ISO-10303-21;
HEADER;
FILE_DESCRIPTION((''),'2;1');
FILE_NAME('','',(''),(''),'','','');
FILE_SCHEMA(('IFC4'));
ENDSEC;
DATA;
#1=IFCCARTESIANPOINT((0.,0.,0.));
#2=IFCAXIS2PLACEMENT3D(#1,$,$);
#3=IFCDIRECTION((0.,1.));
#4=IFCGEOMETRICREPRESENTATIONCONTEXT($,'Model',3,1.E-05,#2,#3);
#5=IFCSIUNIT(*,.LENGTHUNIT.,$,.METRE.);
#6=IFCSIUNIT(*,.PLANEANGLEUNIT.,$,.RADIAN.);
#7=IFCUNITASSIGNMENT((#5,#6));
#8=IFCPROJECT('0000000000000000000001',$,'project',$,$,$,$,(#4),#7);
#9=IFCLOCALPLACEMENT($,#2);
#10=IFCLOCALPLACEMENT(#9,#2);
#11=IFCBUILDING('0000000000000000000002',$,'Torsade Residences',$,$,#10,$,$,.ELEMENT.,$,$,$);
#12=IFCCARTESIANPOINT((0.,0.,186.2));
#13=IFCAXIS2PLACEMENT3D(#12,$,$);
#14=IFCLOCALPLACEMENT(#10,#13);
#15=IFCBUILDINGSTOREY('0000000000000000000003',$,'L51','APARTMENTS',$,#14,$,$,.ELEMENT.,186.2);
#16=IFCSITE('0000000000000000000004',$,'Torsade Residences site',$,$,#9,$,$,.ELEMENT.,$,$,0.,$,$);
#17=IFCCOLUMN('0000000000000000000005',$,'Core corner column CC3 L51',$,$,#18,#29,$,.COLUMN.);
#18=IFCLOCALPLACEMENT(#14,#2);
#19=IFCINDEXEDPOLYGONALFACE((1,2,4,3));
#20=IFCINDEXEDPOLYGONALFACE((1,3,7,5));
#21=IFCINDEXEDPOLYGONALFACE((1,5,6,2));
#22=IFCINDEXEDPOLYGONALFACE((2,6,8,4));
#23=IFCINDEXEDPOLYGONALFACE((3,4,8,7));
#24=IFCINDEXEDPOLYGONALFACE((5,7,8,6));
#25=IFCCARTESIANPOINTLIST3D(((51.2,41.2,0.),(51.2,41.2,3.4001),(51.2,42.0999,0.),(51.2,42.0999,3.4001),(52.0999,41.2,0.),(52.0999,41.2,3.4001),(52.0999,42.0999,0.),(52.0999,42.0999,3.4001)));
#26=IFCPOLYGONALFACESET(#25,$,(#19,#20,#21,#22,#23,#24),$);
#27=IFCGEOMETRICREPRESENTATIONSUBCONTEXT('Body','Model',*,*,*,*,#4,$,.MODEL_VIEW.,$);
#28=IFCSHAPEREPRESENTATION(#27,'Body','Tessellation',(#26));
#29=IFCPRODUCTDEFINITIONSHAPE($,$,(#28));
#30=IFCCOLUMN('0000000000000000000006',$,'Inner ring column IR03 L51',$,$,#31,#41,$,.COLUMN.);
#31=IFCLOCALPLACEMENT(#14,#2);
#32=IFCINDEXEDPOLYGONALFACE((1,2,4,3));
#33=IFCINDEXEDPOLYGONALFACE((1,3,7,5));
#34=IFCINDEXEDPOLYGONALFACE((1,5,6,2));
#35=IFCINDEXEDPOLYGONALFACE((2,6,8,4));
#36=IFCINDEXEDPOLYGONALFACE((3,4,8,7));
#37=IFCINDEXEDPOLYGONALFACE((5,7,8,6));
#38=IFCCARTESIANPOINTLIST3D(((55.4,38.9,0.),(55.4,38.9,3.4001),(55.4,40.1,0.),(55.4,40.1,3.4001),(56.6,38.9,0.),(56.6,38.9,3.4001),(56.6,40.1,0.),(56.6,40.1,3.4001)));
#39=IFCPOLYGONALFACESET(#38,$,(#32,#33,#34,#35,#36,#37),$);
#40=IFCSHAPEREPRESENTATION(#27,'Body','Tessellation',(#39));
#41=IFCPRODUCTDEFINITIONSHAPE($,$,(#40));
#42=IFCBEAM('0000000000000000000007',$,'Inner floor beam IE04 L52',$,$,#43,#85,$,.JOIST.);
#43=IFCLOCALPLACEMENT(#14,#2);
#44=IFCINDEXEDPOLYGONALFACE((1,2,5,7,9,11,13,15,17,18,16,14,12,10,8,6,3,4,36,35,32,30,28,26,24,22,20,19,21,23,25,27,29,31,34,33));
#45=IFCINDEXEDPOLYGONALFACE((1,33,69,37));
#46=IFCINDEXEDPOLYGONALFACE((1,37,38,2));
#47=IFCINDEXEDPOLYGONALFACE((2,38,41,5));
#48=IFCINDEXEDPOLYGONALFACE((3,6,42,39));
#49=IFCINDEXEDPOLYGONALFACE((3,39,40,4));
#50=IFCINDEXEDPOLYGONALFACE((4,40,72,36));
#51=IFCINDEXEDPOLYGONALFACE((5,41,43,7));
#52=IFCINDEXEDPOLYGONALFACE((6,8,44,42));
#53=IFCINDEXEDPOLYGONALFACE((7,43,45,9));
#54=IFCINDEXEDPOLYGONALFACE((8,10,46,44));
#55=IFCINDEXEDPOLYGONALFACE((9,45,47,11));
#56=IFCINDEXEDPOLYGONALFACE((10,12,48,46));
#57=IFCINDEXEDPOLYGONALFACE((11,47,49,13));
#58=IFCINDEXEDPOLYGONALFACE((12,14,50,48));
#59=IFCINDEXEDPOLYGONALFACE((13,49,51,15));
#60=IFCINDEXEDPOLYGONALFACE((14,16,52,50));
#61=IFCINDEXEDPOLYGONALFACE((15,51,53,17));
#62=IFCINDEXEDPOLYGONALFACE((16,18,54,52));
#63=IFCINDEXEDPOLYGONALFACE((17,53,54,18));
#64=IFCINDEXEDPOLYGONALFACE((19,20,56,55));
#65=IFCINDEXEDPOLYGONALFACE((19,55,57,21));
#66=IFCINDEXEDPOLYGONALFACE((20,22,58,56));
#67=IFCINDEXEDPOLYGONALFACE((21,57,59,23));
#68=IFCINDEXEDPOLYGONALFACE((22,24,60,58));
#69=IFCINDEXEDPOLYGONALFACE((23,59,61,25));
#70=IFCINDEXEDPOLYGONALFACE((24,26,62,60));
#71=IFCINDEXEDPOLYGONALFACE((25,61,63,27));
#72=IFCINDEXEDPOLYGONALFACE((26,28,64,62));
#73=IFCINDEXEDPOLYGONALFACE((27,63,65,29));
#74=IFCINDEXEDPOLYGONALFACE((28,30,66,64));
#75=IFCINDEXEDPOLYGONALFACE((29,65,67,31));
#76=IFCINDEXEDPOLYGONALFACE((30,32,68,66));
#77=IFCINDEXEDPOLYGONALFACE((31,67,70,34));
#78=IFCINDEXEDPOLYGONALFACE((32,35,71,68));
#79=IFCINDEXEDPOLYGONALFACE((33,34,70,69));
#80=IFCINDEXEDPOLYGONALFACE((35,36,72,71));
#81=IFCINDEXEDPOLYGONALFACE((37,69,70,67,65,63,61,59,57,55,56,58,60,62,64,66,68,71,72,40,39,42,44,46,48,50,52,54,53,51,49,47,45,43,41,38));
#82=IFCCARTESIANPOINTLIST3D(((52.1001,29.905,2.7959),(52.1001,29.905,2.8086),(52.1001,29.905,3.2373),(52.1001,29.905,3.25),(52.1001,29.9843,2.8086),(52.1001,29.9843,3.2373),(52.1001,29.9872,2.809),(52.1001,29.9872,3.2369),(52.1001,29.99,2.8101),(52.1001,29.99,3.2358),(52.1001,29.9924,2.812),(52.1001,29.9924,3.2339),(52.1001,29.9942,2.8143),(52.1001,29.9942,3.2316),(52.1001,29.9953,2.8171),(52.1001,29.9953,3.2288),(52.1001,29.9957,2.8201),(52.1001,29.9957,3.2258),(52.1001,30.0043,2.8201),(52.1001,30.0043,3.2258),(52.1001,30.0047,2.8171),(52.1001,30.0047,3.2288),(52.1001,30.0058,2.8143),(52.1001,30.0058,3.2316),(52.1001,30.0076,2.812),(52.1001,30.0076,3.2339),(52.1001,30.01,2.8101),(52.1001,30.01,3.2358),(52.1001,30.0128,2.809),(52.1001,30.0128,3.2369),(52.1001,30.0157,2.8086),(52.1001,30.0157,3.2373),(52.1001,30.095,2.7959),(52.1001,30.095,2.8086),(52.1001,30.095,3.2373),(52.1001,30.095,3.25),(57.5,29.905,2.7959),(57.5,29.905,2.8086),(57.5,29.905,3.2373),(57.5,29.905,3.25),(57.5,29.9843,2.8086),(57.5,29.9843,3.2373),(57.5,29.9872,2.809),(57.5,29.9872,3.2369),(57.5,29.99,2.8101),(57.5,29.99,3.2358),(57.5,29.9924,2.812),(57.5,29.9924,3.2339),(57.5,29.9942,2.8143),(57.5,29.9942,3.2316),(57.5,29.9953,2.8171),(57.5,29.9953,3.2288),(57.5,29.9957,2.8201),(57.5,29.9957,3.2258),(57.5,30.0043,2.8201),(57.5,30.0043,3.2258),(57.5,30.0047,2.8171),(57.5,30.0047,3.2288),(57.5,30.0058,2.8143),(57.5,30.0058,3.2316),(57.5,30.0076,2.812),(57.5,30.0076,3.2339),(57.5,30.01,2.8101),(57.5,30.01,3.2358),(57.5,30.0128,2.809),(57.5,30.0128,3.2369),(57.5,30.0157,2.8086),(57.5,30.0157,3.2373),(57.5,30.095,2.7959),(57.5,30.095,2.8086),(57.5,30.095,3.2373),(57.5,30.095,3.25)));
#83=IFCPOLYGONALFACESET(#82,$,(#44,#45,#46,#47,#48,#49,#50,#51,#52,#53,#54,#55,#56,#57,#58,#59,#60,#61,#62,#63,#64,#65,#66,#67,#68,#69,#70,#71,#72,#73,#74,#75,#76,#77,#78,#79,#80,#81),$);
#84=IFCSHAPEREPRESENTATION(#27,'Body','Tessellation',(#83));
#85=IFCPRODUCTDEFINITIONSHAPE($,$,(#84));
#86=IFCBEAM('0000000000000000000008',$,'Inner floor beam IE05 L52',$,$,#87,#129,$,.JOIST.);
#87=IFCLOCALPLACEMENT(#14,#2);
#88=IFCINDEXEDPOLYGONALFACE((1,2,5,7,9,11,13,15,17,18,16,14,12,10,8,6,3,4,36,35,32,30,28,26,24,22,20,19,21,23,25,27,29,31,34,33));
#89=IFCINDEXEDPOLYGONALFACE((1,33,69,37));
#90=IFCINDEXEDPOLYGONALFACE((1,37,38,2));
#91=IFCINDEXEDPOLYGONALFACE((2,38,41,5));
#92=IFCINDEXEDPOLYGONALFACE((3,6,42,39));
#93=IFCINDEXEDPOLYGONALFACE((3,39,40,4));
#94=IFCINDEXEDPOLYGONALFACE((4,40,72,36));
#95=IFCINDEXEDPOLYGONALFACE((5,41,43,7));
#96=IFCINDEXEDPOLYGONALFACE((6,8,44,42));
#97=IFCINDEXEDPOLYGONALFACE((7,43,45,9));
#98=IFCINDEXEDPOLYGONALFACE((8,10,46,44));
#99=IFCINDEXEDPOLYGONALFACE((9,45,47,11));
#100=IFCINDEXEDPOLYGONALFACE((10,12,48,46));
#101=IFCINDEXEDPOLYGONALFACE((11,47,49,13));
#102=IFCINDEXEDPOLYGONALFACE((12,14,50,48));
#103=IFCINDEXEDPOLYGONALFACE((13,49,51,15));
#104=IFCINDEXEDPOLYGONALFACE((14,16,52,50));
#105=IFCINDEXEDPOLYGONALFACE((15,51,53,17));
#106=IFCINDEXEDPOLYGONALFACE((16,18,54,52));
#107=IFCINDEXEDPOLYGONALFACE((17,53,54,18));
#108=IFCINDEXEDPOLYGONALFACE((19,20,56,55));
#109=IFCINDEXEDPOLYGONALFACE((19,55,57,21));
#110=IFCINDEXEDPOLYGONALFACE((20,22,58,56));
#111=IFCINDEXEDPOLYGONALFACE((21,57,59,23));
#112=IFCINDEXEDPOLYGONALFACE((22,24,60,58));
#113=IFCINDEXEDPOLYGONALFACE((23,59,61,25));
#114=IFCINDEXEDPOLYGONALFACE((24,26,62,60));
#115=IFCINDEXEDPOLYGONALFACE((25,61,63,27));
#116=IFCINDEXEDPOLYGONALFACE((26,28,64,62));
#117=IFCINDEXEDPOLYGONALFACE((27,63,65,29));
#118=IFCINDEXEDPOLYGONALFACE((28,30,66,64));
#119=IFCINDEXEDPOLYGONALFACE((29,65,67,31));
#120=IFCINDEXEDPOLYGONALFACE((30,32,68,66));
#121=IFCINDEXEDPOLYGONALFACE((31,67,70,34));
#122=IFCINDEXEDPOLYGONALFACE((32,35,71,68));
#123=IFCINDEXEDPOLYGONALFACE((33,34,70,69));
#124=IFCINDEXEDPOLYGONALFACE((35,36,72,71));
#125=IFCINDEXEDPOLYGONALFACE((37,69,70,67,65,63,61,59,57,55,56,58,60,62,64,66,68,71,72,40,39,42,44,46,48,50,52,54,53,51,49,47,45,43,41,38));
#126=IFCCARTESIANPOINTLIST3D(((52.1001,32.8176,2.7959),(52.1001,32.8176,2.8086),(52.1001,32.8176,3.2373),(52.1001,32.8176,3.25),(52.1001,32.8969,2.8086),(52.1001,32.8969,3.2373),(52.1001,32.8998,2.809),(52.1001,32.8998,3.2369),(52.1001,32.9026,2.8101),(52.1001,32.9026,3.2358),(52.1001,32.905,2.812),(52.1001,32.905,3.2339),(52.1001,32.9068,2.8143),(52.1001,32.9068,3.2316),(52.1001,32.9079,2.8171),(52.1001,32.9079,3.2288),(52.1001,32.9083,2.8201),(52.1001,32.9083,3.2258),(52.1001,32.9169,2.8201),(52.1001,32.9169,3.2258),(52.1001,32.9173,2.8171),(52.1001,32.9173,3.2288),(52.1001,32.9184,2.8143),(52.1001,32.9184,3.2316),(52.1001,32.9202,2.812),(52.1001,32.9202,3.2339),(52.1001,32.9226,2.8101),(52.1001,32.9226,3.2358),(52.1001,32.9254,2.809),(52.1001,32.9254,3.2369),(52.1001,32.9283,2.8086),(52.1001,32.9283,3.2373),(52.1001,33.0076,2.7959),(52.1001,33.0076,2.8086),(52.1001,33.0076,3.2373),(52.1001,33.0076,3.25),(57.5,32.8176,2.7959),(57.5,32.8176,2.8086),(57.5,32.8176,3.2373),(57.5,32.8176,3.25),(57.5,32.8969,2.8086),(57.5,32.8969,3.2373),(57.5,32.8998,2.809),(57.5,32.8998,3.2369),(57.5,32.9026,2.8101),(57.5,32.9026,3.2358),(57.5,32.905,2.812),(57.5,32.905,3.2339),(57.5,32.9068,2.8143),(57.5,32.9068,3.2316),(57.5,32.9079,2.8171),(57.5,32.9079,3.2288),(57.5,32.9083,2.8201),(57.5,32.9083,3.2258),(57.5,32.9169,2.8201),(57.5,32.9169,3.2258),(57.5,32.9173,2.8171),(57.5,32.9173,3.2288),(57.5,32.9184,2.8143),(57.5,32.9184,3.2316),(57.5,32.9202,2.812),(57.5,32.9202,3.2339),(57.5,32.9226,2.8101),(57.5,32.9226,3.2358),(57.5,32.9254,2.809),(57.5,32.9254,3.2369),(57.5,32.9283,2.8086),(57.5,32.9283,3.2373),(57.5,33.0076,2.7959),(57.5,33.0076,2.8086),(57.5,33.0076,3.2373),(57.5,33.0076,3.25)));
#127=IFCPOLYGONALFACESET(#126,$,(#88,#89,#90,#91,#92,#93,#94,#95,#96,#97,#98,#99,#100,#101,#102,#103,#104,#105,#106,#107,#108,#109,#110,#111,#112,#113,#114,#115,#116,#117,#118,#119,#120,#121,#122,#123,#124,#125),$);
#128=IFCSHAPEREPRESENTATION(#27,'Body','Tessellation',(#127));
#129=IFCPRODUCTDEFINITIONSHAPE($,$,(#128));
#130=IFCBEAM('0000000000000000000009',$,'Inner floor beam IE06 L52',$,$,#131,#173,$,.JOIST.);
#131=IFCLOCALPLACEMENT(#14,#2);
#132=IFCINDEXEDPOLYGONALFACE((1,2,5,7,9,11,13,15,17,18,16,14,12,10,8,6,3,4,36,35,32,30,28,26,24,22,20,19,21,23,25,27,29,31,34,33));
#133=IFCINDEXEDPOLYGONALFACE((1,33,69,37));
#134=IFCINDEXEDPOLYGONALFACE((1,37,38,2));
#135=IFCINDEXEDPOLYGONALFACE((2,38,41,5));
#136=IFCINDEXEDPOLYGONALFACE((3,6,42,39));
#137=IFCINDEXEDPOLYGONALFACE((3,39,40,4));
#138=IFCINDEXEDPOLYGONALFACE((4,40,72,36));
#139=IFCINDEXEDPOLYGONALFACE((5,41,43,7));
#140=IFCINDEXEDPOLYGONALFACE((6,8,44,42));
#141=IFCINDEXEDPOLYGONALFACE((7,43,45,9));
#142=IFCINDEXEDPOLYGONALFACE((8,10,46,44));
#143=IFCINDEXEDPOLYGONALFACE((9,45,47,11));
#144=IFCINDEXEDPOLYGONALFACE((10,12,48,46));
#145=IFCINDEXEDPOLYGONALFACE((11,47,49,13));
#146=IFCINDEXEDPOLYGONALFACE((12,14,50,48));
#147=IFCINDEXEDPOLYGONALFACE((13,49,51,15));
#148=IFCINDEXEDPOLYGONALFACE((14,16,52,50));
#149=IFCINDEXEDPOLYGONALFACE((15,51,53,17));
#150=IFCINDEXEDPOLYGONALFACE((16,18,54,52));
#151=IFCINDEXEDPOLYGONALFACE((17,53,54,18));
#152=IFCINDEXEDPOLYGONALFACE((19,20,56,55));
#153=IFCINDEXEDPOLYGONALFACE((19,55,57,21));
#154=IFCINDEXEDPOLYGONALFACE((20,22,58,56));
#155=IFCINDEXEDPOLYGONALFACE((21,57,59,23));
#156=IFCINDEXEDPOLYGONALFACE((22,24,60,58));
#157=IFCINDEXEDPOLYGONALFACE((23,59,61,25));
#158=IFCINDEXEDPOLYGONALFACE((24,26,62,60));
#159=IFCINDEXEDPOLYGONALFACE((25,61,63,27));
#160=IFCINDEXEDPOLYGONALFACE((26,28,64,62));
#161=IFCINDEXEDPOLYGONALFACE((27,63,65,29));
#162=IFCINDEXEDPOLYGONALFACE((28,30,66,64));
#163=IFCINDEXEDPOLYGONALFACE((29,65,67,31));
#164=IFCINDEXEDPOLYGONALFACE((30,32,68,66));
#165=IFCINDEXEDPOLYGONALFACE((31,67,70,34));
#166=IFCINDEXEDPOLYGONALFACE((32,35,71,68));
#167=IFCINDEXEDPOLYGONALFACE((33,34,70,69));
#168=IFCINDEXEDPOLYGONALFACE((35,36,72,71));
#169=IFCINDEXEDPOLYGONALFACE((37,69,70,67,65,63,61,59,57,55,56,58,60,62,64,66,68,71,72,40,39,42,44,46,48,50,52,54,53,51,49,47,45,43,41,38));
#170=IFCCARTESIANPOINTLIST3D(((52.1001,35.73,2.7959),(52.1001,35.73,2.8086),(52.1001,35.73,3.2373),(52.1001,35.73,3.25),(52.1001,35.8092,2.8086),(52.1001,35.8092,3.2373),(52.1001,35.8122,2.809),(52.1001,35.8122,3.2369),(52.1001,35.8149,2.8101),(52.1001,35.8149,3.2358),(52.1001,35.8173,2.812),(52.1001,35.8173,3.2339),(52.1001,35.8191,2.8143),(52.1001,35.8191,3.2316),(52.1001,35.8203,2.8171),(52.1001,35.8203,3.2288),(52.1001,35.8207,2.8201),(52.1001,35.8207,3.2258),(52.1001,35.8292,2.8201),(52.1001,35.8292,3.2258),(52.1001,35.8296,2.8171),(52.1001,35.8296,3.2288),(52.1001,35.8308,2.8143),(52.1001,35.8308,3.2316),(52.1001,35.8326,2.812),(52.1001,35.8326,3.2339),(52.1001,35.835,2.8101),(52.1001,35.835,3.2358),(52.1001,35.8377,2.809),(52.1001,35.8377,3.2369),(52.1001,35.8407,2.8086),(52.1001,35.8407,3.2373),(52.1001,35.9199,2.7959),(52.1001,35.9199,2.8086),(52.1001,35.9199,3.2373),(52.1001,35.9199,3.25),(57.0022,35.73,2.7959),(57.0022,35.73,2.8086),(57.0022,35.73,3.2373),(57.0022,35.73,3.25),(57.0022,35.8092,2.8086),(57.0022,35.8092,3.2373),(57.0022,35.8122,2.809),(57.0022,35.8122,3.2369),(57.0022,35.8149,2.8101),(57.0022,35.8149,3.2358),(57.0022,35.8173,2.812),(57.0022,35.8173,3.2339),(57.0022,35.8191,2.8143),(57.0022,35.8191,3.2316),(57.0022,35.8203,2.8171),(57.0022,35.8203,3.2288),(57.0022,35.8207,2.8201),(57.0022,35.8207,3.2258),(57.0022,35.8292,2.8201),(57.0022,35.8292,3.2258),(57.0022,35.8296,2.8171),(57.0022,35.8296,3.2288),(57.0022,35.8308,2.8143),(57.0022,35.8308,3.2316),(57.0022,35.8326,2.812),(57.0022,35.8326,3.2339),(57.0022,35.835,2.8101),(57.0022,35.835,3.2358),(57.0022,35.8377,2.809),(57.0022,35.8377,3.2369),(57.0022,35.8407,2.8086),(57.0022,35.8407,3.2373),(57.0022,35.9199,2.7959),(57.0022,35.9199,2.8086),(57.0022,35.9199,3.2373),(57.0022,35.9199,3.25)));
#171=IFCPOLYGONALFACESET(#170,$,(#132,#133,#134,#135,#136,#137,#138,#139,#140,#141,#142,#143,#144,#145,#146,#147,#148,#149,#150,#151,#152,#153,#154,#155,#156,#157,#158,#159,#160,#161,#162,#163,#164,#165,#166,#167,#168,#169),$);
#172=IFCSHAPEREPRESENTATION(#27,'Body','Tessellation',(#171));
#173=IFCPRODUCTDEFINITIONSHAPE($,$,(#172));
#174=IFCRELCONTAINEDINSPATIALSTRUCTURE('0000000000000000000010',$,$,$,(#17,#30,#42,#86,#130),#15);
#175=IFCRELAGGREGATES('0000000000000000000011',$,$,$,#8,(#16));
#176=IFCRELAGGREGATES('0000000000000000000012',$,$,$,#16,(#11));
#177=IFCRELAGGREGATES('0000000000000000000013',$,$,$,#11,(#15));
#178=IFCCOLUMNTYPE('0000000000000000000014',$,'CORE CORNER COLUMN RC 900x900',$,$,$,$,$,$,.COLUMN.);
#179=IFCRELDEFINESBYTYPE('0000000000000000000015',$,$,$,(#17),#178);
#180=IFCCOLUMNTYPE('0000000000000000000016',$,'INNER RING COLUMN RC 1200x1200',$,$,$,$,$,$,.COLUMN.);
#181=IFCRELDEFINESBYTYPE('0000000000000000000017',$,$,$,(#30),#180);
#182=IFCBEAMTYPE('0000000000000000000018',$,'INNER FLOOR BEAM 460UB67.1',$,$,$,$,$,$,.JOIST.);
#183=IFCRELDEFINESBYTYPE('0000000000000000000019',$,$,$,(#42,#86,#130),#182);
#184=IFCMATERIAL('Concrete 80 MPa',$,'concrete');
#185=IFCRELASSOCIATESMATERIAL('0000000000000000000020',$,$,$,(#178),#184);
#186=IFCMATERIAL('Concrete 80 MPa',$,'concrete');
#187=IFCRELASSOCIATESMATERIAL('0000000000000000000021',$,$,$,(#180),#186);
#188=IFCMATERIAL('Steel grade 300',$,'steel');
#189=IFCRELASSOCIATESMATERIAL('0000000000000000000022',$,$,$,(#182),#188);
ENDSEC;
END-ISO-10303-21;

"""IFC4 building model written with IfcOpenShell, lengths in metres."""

from ifc_helpers import new_model, si_unit, direction, frame, origin, origin_2d, place, context, subcontext, project, spatial, rectangle, i_section, extrude, material, material_profile, profile_set, type_object, element, save


model = new_model("IFC4")

# Units and contexts
model_context = context("Model", 3, precision=1e-05, world=origin(), true_north=direction((0.0, 1.0)))
body_context = subcontext(model_context, "Body", "Model", "MODEL_VIEW")
ifc_project = project(units=[si_unit("LENGTHUNIT", "METRE"), si_unit("PLANEANGLEUNIT", "RADIAN")], contexts=[model_context])

# Site, building, storey
site_placement = place(None, origin())
site = spatial("IfcSite", under=ifc_project, at=site_placement, Name="Torsade Residences site", CompositionType="ELEMENT", RefElevation=0.0)
building_placement = place(site_placement, origin())
building = spatial("IfcBuilding", under=site, at=building_placement, Name="Torsade Residences", CompositionType="ELEMENT")
storey_placement = place(building_placement, frame((0.0, 0.0, 186.2)))
storey = spatial("IfcBuildingStorey", under=building, at=storey_placement, Name="L51", Description="APARTMENTS", CompositionType="ELEMENT", Elevation=186.2)

# Columns
ifc_material_1 = material(Name="Concrete 80 MPa", Category="concrete")
ifc_material_profile_1 = material_profile(ifc_material_1, rectangle(XDim=0.8999, YDim=0.8999, at=origin_2d()), Name="RC 900x900")
ifc_profile_set_1 = profile_set([ifc_material_profile_1], Name="Concrete 80 MPa")
column_type_1 = type_object("IfcColumnType", Name="CORE CORNER COLUMN RC 900x900", PredefinedType="COLUMN", material=ifc_profile_set_1)
column_1_placement = place(storey_placement, frame((51.6499, 41.6499, 0.0), z_axis=(0.0, 0.0, 1.0), x_axis=(1.0, 0.0, 0.0)))
element("IfcColumn", 1, at=column_1_placement, inside=storey, type_object=column_type_1, Name="Core corner column CC3 L51", PredefinedType="COLUMN", context=body_context, shape_type="SweptSolid", body=[
    extrude(rectangle(XDim=0.8999, YDim=0.8999, at=origin_2d()), origin(), (0.0, 0.0, 1.0), 3.4001),
])
ifc_material_2 = material(Name="Concrete 80 MPa", Category="concrete")
ifc_material_profile_2 = material_profile(ifc_material_2, rectangle(XDim=1.2, YDim=1.2, at=origin_2d()), Name="RC 1200x1200")
ifc_profile_set_2 = profile_set([ifc_material_profile_2], Name="Concrete 80 MPa")
column_type_2 = type_object("IfcColumnType", Name="INNER RING COLUMN RC 1200x1200", PredefinedType="COLUMN", material=ifc_profile_set_2)
column_2_placement = place(storey_placement, frame((56.0, 39.5, 0.0), z_axis=(0.0, 0.0, 1.0), x_axis=(1.0, 0.0, 0.0)))
element("IfcColumn", 2, at=column_2_placement, inside=storey, type_object=column_type_2, Name="Inner ring column IR03 L51", PredefinedType="COLUMN", context=body_context, shape_type="SweptSolid", body=[
    extrude(rectangle(XDim=1.2, YDim=1.2, at=origin_2d()), origin(), (0.0, 0.0, 1.0), 3.4001),
])

# Beams
ifc_material_3 = material(Name="Steel grade 300", Category="steel")
ifc_material_profile_3 = material_profile(ifc_material_3, i_section(OverallWidth=0.1899, OverallDepth=0.4541, WebThickness=0.0085, FlangeThickness=0.0127, FilletRadius=0.0115, at=origin_2d()), Name="460UB67.1")
ifc_profile_set_3 = profile_set([ifc_material_profile_3], Name="Steel grade 300")
beam_type_1 = type_object("IfcBeamType", Name="INNER FLOOR BEAM 460UB67.1", PredefinedType="JOIST", material=ifc_profile_set_3)
for number, where, z_axis, x_axis, name in (
    (3, (52.1001, 30.0, 3.0229), (1.0, 0.0, 0.0), (0.0, 1.0, 0.0), "Inner floor beam IE04 L52"),
    (4, (52.1001, 32.9126, 3.0229), (1.0, 0.0, 0.0), (0.0, 1.0, 0.0), "Inner floor beam IE05 L52"),
):
    element("IfcBeam", number, at=place(storey_placement, frame(where, z_axis=z_axis, x_axis=x_axis)), inside=storey, type_object=beam_type_1, Name=name, PredefinedType="JOIST", context=body_context, shape_type="SweptSolid", body=[
        extrude(i_section(OverallWidth=0.1899, OverallDepth=0.4541, WebThickness=0.0085, FlangeThickness=0.0127, FilletRadius=0.0115, at=origin_2d()), origin(), (0.0, 0.0, 1.0), 5.3999),
    ])
beam_1_placement = place(storey_placement, frame((52.1001, 35.825, 3.0229), z_axis=(1.0, 0.0, 0.0), x_axis=(0.0, 1.0, 0.0)))
element("IfcBeam", 5, at=beam_1_placement, inside=storey, type_object=beam_type_1, Name="Inner floor beam IE06 L52", PredefinedType="JOIST", context=body_context, shape_type="SweptSolid", body=[
    extrude(i_section(OverallWidth=0.1899, OverallDepth=0.4541, WebThickness=0.0085, FlangeThickness=0.0127, FilletRadius=0.0115, at=origin_2d()), origin(), (0.0, 0.0, 1.0), 4.9021),
])

save(model, "model.ifc")
